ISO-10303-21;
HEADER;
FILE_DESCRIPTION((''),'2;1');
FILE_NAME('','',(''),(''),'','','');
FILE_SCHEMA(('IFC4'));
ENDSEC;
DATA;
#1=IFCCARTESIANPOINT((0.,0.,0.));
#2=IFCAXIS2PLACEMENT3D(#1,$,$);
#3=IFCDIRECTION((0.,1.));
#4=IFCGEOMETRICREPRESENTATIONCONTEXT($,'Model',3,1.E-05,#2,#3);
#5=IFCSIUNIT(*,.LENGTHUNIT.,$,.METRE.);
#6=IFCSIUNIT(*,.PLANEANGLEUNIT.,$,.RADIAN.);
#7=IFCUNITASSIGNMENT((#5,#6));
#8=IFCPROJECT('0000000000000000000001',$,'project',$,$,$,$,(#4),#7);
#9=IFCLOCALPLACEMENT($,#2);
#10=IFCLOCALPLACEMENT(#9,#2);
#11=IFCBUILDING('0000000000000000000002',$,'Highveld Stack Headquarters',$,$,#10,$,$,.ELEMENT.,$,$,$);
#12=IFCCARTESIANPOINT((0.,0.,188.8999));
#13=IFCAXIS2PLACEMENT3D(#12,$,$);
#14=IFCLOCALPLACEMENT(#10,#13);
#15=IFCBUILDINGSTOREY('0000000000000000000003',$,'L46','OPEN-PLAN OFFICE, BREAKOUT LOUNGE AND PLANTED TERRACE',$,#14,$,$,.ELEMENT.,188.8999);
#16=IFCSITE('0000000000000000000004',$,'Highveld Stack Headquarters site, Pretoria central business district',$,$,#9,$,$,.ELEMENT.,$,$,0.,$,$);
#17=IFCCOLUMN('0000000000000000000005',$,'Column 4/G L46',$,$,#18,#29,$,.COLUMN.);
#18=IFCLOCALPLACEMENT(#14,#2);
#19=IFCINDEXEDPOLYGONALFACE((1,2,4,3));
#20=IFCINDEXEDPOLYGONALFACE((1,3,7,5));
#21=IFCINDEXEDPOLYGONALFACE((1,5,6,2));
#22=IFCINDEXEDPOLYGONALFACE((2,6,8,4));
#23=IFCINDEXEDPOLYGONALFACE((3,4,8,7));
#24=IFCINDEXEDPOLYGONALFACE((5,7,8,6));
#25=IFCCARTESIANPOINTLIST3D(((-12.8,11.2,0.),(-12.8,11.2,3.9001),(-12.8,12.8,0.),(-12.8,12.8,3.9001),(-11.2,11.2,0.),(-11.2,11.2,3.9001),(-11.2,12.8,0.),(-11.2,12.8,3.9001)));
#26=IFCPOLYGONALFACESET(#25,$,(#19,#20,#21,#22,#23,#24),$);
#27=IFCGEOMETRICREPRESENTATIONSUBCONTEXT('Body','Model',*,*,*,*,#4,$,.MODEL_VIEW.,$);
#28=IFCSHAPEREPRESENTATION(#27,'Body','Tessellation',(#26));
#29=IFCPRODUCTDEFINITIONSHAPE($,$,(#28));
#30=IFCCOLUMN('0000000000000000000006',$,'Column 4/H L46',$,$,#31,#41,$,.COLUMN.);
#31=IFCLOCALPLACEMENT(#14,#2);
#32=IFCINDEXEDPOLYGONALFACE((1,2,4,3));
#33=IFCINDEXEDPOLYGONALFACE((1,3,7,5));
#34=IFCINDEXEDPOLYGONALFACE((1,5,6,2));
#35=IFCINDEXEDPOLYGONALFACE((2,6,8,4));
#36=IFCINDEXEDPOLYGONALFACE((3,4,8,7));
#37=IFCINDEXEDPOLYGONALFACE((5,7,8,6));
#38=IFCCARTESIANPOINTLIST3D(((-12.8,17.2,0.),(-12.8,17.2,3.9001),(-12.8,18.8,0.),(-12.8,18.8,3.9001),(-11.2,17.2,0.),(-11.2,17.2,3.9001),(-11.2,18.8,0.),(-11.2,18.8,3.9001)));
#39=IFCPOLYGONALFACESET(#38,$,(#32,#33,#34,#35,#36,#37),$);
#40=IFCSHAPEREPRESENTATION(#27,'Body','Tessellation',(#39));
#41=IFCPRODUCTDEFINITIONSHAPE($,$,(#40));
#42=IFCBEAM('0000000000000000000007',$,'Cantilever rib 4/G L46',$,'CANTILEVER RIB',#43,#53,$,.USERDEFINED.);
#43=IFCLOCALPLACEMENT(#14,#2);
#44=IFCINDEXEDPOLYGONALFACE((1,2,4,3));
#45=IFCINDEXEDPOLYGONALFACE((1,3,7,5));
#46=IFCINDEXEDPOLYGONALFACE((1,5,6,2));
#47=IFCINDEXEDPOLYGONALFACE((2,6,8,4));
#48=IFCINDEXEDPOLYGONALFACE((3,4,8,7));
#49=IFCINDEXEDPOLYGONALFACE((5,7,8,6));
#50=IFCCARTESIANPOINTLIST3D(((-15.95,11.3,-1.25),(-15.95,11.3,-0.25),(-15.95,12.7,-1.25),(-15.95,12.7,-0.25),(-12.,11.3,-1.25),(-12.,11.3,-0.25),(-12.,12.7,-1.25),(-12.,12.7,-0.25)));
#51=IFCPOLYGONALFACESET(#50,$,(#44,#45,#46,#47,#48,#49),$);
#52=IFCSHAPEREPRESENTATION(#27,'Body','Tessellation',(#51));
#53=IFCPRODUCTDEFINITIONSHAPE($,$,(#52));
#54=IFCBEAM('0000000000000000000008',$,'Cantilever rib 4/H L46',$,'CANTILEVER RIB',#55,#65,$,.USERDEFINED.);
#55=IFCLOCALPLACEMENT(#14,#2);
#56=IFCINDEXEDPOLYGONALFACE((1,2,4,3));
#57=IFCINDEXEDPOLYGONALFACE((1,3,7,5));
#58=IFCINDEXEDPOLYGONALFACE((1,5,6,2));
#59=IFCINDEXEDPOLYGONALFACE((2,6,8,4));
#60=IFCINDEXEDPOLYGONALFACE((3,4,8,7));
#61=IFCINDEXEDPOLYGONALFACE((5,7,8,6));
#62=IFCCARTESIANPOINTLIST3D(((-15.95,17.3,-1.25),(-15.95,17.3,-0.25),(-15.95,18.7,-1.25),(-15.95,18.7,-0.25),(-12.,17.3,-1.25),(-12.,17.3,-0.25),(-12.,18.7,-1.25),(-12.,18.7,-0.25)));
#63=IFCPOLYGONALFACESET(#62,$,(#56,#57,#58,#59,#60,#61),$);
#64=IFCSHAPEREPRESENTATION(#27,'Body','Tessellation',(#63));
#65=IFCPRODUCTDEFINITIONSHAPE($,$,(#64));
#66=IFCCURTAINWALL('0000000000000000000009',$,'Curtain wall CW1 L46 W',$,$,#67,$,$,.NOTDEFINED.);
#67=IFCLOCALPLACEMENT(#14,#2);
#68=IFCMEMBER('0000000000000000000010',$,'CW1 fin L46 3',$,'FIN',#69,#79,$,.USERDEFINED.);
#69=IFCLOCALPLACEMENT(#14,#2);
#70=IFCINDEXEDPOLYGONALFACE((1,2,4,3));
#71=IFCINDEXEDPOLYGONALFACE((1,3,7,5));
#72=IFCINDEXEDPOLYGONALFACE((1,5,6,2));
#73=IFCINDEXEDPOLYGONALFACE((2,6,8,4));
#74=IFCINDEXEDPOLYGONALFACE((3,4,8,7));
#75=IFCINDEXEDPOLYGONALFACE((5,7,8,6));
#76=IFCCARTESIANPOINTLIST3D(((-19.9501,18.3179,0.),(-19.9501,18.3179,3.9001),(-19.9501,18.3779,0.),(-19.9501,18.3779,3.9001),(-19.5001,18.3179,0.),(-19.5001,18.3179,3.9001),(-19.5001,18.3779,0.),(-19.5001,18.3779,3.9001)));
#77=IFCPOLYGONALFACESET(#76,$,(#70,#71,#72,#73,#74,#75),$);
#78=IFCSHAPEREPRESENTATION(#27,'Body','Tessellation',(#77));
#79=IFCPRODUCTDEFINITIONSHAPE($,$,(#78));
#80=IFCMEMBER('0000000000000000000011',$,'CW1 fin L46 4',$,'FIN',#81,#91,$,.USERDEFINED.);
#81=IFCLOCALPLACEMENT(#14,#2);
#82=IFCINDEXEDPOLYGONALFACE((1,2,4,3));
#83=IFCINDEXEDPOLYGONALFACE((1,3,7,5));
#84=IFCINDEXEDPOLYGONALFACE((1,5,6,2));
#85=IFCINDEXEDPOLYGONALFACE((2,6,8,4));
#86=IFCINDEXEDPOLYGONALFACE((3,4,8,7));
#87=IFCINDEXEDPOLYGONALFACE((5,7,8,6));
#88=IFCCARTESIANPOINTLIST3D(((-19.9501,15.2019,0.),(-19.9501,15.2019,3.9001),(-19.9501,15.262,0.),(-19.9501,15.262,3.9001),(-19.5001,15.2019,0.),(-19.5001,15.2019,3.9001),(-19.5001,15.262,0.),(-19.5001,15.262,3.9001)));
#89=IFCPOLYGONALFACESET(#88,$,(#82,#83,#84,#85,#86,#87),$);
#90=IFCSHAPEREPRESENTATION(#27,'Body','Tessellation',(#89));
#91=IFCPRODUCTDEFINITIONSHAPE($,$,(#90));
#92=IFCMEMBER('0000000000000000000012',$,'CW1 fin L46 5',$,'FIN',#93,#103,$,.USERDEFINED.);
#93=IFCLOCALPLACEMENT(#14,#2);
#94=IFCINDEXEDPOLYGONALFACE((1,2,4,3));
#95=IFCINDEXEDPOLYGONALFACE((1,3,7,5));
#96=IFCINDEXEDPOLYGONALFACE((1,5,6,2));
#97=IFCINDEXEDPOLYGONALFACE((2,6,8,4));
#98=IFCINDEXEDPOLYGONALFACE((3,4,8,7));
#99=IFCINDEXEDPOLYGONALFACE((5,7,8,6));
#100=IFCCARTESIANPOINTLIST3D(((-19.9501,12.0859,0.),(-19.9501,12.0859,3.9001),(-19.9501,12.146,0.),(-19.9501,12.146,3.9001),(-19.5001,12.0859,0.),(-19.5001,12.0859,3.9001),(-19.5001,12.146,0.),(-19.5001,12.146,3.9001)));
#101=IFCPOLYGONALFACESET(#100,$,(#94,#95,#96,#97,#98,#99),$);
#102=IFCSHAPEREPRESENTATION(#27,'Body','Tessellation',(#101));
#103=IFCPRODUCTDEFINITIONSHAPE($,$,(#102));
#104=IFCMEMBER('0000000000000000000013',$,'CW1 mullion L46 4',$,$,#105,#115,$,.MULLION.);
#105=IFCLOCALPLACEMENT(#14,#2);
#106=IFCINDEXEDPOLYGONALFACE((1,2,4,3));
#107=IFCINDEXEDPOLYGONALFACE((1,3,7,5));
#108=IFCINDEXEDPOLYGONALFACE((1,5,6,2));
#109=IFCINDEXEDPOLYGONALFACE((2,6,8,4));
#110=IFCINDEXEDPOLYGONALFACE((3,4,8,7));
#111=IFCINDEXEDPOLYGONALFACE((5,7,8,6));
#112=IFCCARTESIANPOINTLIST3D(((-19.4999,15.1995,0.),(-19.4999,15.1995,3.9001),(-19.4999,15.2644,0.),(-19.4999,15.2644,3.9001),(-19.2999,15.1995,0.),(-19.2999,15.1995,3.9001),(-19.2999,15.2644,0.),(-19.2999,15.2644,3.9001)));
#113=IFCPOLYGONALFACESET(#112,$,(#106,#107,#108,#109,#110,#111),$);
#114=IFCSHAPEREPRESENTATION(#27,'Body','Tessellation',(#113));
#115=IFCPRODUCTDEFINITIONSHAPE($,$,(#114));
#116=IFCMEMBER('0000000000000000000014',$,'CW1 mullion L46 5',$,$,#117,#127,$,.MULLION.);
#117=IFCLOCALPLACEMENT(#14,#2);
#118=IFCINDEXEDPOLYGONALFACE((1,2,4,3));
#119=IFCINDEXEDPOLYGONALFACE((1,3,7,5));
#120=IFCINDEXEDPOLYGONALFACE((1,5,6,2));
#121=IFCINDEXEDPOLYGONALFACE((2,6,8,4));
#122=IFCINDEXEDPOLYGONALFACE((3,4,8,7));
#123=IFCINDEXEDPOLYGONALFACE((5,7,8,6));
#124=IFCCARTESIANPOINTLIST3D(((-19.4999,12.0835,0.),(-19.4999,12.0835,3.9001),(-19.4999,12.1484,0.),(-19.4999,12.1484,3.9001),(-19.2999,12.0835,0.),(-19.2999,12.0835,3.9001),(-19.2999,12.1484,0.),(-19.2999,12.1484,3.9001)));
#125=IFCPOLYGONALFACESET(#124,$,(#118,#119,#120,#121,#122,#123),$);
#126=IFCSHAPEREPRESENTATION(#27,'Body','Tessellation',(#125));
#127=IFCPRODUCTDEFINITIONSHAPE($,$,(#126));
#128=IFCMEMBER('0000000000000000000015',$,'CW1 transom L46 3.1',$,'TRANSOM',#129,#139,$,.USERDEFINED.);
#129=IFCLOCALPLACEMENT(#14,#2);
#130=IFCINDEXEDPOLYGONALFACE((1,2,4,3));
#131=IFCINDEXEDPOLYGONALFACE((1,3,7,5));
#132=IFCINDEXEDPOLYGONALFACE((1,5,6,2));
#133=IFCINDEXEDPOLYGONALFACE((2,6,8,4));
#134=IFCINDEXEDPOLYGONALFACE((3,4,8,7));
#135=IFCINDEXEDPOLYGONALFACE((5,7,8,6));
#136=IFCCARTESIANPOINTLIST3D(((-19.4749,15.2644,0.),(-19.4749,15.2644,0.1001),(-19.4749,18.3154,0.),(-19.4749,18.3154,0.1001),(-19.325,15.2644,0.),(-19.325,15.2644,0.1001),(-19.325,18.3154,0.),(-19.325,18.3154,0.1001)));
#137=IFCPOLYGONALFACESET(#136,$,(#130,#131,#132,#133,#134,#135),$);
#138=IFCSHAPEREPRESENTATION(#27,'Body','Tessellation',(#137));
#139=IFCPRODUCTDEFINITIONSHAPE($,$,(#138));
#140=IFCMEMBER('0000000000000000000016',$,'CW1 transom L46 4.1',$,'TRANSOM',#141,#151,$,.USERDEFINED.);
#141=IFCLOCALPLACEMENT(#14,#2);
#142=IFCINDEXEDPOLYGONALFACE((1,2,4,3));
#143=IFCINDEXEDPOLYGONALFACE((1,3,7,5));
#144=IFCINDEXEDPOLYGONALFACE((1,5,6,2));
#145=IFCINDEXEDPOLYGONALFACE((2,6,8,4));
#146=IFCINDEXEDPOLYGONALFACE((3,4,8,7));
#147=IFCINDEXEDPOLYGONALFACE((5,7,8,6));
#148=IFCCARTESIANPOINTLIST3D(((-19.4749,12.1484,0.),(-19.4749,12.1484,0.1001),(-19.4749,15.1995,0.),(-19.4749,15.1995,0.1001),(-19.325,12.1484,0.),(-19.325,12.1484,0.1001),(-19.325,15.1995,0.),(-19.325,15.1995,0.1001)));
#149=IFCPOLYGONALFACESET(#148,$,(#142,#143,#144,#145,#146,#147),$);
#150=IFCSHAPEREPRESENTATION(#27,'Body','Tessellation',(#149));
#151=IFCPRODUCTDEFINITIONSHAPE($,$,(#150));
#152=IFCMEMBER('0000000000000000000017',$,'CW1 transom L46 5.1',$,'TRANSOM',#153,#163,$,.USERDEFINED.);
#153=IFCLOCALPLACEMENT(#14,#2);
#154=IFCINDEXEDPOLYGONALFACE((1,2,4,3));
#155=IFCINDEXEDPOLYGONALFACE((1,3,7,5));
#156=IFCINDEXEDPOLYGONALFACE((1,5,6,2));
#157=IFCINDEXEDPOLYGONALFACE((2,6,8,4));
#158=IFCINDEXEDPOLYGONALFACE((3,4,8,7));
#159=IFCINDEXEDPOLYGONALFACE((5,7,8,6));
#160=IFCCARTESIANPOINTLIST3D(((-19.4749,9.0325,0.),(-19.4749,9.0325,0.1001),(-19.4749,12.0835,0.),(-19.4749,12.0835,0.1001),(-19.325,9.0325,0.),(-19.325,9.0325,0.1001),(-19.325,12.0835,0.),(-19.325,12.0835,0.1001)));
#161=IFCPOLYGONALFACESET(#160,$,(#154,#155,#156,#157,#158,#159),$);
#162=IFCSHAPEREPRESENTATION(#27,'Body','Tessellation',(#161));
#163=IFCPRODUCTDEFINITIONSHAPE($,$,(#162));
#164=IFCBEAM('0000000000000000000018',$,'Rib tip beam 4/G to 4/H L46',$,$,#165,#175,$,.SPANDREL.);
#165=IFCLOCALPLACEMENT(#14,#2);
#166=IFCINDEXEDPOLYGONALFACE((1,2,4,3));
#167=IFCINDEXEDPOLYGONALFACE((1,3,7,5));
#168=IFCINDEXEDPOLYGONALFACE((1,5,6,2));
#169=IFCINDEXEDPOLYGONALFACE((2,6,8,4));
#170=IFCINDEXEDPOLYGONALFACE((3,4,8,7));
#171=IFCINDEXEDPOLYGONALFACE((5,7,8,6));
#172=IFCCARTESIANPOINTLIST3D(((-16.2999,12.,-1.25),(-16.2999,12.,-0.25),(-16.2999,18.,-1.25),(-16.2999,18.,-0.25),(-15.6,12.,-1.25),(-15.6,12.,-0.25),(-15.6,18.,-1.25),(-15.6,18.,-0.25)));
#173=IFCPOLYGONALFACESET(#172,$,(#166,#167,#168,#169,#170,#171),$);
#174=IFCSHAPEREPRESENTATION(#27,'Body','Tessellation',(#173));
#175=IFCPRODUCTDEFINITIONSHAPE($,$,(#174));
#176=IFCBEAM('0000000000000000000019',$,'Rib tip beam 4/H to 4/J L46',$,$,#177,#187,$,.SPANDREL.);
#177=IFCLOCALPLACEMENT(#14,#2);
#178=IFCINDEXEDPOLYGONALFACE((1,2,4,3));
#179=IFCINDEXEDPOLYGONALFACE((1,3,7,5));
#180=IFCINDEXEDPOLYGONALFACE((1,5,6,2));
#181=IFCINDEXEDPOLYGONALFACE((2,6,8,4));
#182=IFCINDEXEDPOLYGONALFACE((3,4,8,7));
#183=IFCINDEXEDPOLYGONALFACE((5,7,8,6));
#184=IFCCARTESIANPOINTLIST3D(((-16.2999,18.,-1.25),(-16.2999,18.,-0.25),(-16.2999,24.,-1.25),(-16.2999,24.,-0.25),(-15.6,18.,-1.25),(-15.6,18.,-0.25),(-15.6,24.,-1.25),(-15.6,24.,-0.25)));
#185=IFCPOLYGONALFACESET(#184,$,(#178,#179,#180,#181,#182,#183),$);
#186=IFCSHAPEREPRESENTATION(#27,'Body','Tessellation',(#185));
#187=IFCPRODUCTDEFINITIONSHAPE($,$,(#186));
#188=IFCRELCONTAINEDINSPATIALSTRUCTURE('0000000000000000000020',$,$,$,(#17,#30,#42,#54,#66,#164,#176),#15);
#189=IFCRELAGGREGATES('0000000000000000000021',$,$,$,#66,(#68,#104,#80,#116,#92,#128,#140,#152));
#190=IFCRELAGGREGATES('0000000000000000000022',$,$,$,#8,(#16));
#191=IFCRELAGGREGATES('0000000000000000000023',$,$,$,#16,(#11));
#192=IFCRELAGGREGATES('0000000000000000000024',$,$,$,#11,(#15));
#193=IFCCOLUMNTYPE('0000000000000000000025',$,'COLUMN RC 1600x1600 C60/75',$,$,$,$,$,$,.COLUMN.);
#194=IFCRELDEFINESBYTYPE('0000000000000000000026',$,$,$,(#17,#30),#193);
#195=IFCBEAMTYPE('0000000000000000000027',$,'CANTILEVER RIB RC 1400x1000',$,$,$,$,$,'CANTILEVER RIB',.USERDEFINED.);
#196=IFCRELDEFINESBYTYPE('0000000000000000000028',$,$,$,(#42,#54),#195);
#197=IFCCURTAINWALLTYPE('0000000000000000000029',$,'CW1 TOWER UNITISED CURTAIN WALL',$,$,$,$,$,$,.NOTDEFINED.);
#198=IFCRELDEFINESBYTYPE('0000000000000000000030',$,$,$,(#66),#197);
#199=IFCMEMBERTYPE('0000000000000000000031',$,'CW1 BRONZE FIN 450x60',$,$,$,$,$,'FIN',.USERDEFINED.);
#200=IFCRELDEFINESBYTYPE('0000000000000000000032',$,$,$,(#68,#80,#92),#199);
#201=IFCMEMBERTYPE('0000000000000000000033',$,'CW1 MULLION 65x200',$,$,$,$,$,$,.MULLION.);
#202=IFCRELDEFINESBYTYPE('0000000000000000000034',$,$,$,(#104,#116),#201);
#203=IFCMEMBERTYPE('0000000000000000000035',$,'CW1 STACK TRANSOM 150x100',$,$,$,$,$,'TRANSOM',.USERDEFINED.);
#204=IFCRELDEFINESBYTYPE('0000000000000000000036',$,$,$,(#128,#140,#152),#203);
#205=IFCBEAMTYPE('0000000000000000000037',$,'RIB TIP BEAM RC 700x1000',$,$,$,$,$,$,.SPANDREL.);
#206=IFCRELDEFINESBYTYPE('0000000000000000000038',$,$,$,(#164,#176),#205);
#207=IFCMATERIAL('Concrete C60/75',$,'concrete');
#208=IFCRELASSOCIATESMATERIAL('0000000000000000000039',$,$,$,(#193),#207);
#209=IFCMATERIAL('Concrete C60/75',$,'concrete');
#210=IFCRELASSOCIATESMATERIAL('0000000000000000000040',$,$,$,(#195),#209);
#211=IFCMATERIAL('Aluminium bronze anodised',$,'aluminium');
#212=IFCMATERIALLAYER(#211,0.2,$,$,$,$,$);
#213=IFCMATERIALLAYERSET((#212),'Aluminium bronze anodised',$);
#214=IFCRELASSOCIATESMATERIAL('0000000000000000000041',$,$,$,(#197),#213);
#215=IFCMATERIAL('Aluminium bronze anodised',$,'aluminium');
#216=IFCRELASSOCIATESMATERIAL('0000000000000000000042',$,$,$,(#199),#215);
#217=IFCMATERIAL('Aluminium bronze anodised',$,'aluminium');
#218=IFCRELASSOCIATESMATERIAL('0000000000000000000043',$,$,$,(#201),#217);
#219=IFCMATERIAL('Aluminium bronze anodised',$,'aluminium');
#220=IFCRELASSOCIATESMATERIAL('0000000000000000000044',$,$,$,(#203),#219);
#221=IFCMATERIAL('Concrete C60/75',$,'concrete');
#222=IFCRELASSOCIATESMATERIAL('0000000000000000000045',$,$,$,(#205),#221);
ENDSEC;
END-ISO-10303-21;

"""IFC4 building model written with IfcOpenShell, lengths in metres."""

from ifc_helpers import new_model, si_unit, direction, frame, origin, origin_2d, place, context, subcontext, project, spatial, rectangle, extrude, material, layer, layer_set, material_profile, profile_set, type_object, element, aggregate, save


model = new_model("IFC4")

# Units and contexts
model_context = context("Model", 3, precision=1e-05, world=origin(), true_north=direction((0.0, 1.0)))
body_context = subcontext(model_context, "Body", "Model", "MODEL_VIEW")
ifc_project = project(units=[si_unit("LENGTHUNIT", "METRE"), si_unit("PLANEANGLEUNIT", "RADIAN")], contexts=[model_context])

# Site, building, storey
site_placement = place(None, origin())
site = spatial("IfcSite", under=ifc_project, at=site_placement, Name="Highveld Stack Headquarters site, Pretoria central business district", CompositionType="ELEMENT", RefElevation=0.0)
building_placement = place(site_placement, origin())
building = spatial("IfcBuilding", under=site, at=building_placement, Name="Highveld Stack Headquarters", CompositionType="ELEMENT")
storey_placement = place(building_placement, frame((0.0, 0.0, 188.8999)))
storey = spatial("IfcBuildingStorey", under=building, at=storey_placement, Name="L46", Description="OPEN-PLAN OFFICE, BREAKOUT LOUNGE AND PLANTED TERRACE", CompositionType="ELEMENT", Elevation=188.8999)

# Columns
ifc_material_1 = material(Name="Concrete C60/75", Category="concrete")
ifc_material_profile_1 = material_profile(ifc_material_1, rectangle(XDim=1.6001, YDim=1.6001, at=origin_2d()), Name="RC 1600x1600")
ifc_profile_set_1 = profile_set([ifc_material_profile_1], Name="Concrete C60/75")
column_type = type_object("IfcColumnType", Name="COLUMN RC 1600x1600 C60/75", PredefinedType="COLUMN", material=ifc_profile_set_1)
for number, where, z_axis, x_axis, name in (
    (1, (-12.0, 12.0, 0.0), (0.0, 0.0, 1.0), (1.0, 0.0, 0.0), "Column 4/G L46"),
    (2, (-12.0, 18.0, 0.0), (0.0, 0.0, 1.0), (1.0, 0.0, 0.0), "Column 4/H L46"),
):
    element("IfcColumn", number, at=place(storey_placement, frame(where, z_axis=z_axis, x_axis=x_axis)), inside=storey, type_object=column_type, Name=name, PredefinedType="COLUMN", context=body_context, shape_type="SweptSolid", body=[
        extrude(rectangle(XDim=1.6001, YDim=1.6001, at=origin_2d()), origin(), (0.0, 0.0, 1.0), 3.9001),
    ])

# Beams
ifc_material_2 = material(Name="Concrete C60/75", Category="concrete")
ifc_material_profile_2 = material_profile(ifc_material_2, rectangle(XDim=1.3999, YDim=1.0, at=origin_2d()), Name="RC 1400x1000")
ifc_profile_set_2 = profile_set([ifc_material_profile_2], Name="Concrete C60/75")
beam_type_1 = type_object("IfcBeamType", Name="CANTILEVER RIB RC 1400x1000", ElementType="CANTILEVER RIB", PredefinedType="USERDEFINED", material=ifc_profile_set_2)
for number, where, z_axis, x_axis, name in (
    (3, (-12.0, 12.0, -0.75), (-1.0, 0.0, 0.0), (0.0, -1.0, 0.0), "Cantilever rib 4/G L46"),
    (4, (-12.0, 18.0, -0.75), (-1.0, 0.0, 0.0), (0.0, -1.0, 0.0), "Cantilever rib 4/H L46"),
):
    element("IfcBeam", number, at=place(storey_placement, frame(where, z_axis=z_axis, x_axis=x_axis)), inside=storey, type_object=beam_type_1, Name=name, ObjectType="CANTILEVER RIB", PredefinedType="USERDEFINED", context=body_context, shape_type="SweptSolid", body=[
        extrude(rectangle(XDim=1.3999, YDim=1.0, at=origin_2d()), origin(), (0.0, 0.0, 1.0), 3.95),
    ])

# Curtain wall, members
ifc_material_3 = material(Name="Aluminium bronze anodised", Category="aluminium")
ifc_layer_1 = layer(ifc_material_3, 0.2)
ifc_layer_set_1 = layer_set([ifc_layer_1], Name="Aluminium bronze anodised")
curtain_wall_type = type_object("IfcCurtainWallType", Name="CW1 TOWER UNITISED CURTAIN WALL", PredefinedType="NOTDEFINED", material=ifc_layer_set_1)
curtain_wall_placement = place(storey_placement, origin())
curtain_wall = element("IfcCurtainWall", 5, at=curtain_wall_placement, inside=storey, type_object=curtain_wall_type, Name="Curtain wall CW1 L46 W", PredefinedType="NOTDEFINED")
ifc_material_4 = material(Name="Aluminium bronze anodised", Category="aluminium")
ifc_material_profile_3 = material_profile(ifc_material_4, rectangle(XDim=0.45, YDim=0.0601, at=origin_2d()), Name="FIN 450x60")
ifc_profile_set_3 = profile_set([ifc_material_profile_3], Name="Aluminium bronze anodised")
member_type_1 = type_object("IfcMemberType", Name="CW1 BRONZE FIN 450x60", ElementType="FIN", PredefinedType="USERDEFINED", material=ifc_profile_set_3)
member_1_placement = place(storey_placement, frame((-19.7251, 18.3479, 0.0), z_axis=(0.0, 0.0, 1.0), x_axis=(1.0, 0.0, 0.0)))
member_1 = element("IfcMember", 6, at=member_1_placement, type_object=member_type_1, Name="CW1 fin L46 3", ObjectType="FIN", PredefinedType="USERDEFINED", context=body_context, shape_type="SweptSolid", body=[
    extrude(rectangle(XDim=0.45, YDim=0.0601, at=origin_2d()), origin(), (0.0, 0.0, 1.0), 3.9001),
])
member_2_placement = place(storey_placement, frame((-19.7251, 15.2319, 0.0), z_axis=(0.0, 0.0, 1.0), x_axis=(1.0, 0.0, 0.0)))
member_2 = element("IfcMember", 7, at=member_2_placement, type_object=member_type_1, Name="CW1 fin L46 4", ObjectType="FIN", PredefinedType="USERDEFINED", context=body_context, shape_type="SweptSolid", body=[
    extrude(rectangle(XDim=0.45, YDim=0.0601, at=origin_2d()), origin(), (0.0, 0.0, 1.0), 3.9001),
])
member_3_placement = place(storey_placement, frame((-19.7251, 12.116, 0.0), z_axis=(0.0, 0.0, 1.0), x_axis=(1.0, 0.0, 0.0)))
member_3 = element("IfcMember", 8, at=member_3_placement, type_object=member_type_1, Name="CW1 fin L46 5", ObjectType="FIN", PredefinedType="USERDEFINED", context=body_context, shape_type="SweptSolid", body=[
    extrude(rectangle(XDim=0.45, YDim=0.0601, at=origin_2d()), origin(), (0.0, 0.0, 1.0), 3.9001),
])
ifc_material_5 = material(Name="Aluminium bronze anodised", Category="aluminium")
ifc_material_profile_4 = material_profile(ifc_material_5, rectangle(XDim=0.2, YDim=0.0649, at=origin_2d()), Name="CW1 MULLION 65x200")
ifc_profile_set_4 = profile_set([ifc_material_profile_4], Name="Aluminium bronze anodised")
member_type_2 = type_object("IfcMemberType", Name="CW1 MULLION 65x200", PredefinedType="MULLION", material=ifc_profile_set_4)
member_4_placement = place(storey_placement, frame((-19.3999, 15.2319, 0.0), z_axis=(0.0, 0.0, 1.0), x_axis=(1.0, 0.0, 0.0)))
member_4 = element("IfcMember", 9, at=member_4_placement, type_object=member_type_2, Name="CW1 mullion L46 4", PredefinedType="MULLION", context=body_context, shape_type="SweptSolid", body=[
    extrude(rectangle(XDim=0.2, YDim=0.0649, at=origin_2d()), origin(), (0.0, 0.0, 1.0), 3.9001),
])
member_5_placement = place(storey_placement, frame((-19.3999, 12.116, 0.0), z_axis=(0.0, 0.0, 1.0), x_axis=(1.0, 0.0, 0.0)))
member_5 = element("IfcMember", 10, at=member_5_placement, type_object=member_type_2, Name="CW1 mullion L46 5", PredefinedType="MULLION", context=body_context, shape_type="SweptSolid", body=[
    extrude(rectangle(XDim=0.2, YDim=0.0649, at=origin_2d()), origin(), (0.0, 0.0, 1.0), 3.9001),
])
ifc_material_6 = material(Name="Aluminium bronze anodised", Category="aluminium")
ifc_material_profile_5 = material_profile(ifc_material_6, rectangle(XDim=0.1499, YDim=0.1001, at=origin_2d()), Name="CW1 TRANSOM 150x100")
ifc_profile_set_5 = profile_set([ifc_material_profile_5], Name="Aluminium bronze anodised")
member_type_3 = type_object("IfcMemberType", Name="CW1 STACK TRANSOM 150x100", ElementType="TRANSOM", PredefinedType="USERDEFINED", material=ifc_profile_set_5)
member_6_placement = place(storey_placement, frame((-19.3999, 18.3154, 0.05), z_axis=(0.0, -1.0, 0.0), x_axis=(1.0, 0.0, 0.0)))
member_6 = element("IfcMember", 11, at=member_6_placement, type_object=member_type_3, Name="CW1 transom L46 3.1", ObjectType="TRANSOM", PredefinedType="USERDEFINED", context=body_context, shape_type="SweptSolid", body=[
    extrude(rectangle(XDim=0.1499, YDim=0.1001, at=origin_2d()), origin(), (0.0, 0.0, 1.0), 3.051),
])
member_7_placement = place(storey_placement, frame((-19.3999, 15.1995, 0.05), z_axis=(0.0, -1.0, 0.0), x_axis=(1.0, 0.0, 0.0)))
member_7 = element("IfcMember", 12, at=member_7_placement, type_object=member_type_3, Name="CW1 transom L46 4.1", ObjectType="TRANSOM", PredefinedType="USERDEFINED", context=body_context, shape_type="SweptSolid", body=[
    extrude(rectangle(XDim=0.1499, YDim=0.1001, at=origin_2d()), origin(), (0.0, 0.0, 1.0), 3.051),
])
member_8_placement = place(storey_placement, frame((-19.3999, 12.0835, 0.05), z_axis=(0.0, -1.0, 0.0), x_axis=(1.0, 0.0, 0.0)))
member_8 = element("IfcMember", 13, at=member_8_placement, type_object=member_type_3, Name="CW1 transom L46 5.1", ObjectType="TRANSOM", PredefinedType="USERDEFINED", context=body_context, shape_type="SweptSolid", body=[
    extrude(rectangle(XDim=0.1499, YDim=0.1001, at=origin_2d()), origin(), (0.0, 0.0, 1.0), 3.051),
])

# Beams
ifc_material_7 = material(Name="Concrete C60/75", Category="concrete")
ifc_material_profile_6 = material_profile(ifc_material_7, rectangle(XDim=0.7, YDim=1.0, at=origin_2d()), Name="RC 700x1000")
ifc_profile_set_6 = profile_set([ifc_material_profile_6], Name="Concrete C60/75")
beam_type_2 = type_object("IfcBeamType", Name="RIB TIP BEAM RC 700x1000", PredefinedType="SPANDREL", material=ifc_profile_set_6)
for number, where, z_axis, x_axis, name in (
    (14, (-15.95, 12.0, -0.75), (0.0, 1.0, 0.0), (-1.0, 0.0, 0.0), "Rib tip beam 4/G to 4/H L46"),
    (15, (-15.95, 18.0, -0.75), (0.0, 1.0, 0.0), (-1.0, 0.0, 0.0), "Rib tip beam 4/H to 4/J L46"),
):
    element("IfcBeam", number, at=place(storey_placement, frame(where, z_axis=z_axis, x_axis=x_axis)), inside=storey, type_object=beam_type_2, Name=name, PredefinedType="SPANDREL", context=body_context, shape_type="SweptSolid", body=[
        extrude(rectangle(XDim=0.7, YDim=1.0, at=origin_2d()), origin(), (0.0, 0.0, 1.0), 6.0),
    ])

aggregate(curtain_wall, [member_1, member_4, member_2, member_5, member_3, member_6, member_7, member_8])

save(model, "model.ifc")
